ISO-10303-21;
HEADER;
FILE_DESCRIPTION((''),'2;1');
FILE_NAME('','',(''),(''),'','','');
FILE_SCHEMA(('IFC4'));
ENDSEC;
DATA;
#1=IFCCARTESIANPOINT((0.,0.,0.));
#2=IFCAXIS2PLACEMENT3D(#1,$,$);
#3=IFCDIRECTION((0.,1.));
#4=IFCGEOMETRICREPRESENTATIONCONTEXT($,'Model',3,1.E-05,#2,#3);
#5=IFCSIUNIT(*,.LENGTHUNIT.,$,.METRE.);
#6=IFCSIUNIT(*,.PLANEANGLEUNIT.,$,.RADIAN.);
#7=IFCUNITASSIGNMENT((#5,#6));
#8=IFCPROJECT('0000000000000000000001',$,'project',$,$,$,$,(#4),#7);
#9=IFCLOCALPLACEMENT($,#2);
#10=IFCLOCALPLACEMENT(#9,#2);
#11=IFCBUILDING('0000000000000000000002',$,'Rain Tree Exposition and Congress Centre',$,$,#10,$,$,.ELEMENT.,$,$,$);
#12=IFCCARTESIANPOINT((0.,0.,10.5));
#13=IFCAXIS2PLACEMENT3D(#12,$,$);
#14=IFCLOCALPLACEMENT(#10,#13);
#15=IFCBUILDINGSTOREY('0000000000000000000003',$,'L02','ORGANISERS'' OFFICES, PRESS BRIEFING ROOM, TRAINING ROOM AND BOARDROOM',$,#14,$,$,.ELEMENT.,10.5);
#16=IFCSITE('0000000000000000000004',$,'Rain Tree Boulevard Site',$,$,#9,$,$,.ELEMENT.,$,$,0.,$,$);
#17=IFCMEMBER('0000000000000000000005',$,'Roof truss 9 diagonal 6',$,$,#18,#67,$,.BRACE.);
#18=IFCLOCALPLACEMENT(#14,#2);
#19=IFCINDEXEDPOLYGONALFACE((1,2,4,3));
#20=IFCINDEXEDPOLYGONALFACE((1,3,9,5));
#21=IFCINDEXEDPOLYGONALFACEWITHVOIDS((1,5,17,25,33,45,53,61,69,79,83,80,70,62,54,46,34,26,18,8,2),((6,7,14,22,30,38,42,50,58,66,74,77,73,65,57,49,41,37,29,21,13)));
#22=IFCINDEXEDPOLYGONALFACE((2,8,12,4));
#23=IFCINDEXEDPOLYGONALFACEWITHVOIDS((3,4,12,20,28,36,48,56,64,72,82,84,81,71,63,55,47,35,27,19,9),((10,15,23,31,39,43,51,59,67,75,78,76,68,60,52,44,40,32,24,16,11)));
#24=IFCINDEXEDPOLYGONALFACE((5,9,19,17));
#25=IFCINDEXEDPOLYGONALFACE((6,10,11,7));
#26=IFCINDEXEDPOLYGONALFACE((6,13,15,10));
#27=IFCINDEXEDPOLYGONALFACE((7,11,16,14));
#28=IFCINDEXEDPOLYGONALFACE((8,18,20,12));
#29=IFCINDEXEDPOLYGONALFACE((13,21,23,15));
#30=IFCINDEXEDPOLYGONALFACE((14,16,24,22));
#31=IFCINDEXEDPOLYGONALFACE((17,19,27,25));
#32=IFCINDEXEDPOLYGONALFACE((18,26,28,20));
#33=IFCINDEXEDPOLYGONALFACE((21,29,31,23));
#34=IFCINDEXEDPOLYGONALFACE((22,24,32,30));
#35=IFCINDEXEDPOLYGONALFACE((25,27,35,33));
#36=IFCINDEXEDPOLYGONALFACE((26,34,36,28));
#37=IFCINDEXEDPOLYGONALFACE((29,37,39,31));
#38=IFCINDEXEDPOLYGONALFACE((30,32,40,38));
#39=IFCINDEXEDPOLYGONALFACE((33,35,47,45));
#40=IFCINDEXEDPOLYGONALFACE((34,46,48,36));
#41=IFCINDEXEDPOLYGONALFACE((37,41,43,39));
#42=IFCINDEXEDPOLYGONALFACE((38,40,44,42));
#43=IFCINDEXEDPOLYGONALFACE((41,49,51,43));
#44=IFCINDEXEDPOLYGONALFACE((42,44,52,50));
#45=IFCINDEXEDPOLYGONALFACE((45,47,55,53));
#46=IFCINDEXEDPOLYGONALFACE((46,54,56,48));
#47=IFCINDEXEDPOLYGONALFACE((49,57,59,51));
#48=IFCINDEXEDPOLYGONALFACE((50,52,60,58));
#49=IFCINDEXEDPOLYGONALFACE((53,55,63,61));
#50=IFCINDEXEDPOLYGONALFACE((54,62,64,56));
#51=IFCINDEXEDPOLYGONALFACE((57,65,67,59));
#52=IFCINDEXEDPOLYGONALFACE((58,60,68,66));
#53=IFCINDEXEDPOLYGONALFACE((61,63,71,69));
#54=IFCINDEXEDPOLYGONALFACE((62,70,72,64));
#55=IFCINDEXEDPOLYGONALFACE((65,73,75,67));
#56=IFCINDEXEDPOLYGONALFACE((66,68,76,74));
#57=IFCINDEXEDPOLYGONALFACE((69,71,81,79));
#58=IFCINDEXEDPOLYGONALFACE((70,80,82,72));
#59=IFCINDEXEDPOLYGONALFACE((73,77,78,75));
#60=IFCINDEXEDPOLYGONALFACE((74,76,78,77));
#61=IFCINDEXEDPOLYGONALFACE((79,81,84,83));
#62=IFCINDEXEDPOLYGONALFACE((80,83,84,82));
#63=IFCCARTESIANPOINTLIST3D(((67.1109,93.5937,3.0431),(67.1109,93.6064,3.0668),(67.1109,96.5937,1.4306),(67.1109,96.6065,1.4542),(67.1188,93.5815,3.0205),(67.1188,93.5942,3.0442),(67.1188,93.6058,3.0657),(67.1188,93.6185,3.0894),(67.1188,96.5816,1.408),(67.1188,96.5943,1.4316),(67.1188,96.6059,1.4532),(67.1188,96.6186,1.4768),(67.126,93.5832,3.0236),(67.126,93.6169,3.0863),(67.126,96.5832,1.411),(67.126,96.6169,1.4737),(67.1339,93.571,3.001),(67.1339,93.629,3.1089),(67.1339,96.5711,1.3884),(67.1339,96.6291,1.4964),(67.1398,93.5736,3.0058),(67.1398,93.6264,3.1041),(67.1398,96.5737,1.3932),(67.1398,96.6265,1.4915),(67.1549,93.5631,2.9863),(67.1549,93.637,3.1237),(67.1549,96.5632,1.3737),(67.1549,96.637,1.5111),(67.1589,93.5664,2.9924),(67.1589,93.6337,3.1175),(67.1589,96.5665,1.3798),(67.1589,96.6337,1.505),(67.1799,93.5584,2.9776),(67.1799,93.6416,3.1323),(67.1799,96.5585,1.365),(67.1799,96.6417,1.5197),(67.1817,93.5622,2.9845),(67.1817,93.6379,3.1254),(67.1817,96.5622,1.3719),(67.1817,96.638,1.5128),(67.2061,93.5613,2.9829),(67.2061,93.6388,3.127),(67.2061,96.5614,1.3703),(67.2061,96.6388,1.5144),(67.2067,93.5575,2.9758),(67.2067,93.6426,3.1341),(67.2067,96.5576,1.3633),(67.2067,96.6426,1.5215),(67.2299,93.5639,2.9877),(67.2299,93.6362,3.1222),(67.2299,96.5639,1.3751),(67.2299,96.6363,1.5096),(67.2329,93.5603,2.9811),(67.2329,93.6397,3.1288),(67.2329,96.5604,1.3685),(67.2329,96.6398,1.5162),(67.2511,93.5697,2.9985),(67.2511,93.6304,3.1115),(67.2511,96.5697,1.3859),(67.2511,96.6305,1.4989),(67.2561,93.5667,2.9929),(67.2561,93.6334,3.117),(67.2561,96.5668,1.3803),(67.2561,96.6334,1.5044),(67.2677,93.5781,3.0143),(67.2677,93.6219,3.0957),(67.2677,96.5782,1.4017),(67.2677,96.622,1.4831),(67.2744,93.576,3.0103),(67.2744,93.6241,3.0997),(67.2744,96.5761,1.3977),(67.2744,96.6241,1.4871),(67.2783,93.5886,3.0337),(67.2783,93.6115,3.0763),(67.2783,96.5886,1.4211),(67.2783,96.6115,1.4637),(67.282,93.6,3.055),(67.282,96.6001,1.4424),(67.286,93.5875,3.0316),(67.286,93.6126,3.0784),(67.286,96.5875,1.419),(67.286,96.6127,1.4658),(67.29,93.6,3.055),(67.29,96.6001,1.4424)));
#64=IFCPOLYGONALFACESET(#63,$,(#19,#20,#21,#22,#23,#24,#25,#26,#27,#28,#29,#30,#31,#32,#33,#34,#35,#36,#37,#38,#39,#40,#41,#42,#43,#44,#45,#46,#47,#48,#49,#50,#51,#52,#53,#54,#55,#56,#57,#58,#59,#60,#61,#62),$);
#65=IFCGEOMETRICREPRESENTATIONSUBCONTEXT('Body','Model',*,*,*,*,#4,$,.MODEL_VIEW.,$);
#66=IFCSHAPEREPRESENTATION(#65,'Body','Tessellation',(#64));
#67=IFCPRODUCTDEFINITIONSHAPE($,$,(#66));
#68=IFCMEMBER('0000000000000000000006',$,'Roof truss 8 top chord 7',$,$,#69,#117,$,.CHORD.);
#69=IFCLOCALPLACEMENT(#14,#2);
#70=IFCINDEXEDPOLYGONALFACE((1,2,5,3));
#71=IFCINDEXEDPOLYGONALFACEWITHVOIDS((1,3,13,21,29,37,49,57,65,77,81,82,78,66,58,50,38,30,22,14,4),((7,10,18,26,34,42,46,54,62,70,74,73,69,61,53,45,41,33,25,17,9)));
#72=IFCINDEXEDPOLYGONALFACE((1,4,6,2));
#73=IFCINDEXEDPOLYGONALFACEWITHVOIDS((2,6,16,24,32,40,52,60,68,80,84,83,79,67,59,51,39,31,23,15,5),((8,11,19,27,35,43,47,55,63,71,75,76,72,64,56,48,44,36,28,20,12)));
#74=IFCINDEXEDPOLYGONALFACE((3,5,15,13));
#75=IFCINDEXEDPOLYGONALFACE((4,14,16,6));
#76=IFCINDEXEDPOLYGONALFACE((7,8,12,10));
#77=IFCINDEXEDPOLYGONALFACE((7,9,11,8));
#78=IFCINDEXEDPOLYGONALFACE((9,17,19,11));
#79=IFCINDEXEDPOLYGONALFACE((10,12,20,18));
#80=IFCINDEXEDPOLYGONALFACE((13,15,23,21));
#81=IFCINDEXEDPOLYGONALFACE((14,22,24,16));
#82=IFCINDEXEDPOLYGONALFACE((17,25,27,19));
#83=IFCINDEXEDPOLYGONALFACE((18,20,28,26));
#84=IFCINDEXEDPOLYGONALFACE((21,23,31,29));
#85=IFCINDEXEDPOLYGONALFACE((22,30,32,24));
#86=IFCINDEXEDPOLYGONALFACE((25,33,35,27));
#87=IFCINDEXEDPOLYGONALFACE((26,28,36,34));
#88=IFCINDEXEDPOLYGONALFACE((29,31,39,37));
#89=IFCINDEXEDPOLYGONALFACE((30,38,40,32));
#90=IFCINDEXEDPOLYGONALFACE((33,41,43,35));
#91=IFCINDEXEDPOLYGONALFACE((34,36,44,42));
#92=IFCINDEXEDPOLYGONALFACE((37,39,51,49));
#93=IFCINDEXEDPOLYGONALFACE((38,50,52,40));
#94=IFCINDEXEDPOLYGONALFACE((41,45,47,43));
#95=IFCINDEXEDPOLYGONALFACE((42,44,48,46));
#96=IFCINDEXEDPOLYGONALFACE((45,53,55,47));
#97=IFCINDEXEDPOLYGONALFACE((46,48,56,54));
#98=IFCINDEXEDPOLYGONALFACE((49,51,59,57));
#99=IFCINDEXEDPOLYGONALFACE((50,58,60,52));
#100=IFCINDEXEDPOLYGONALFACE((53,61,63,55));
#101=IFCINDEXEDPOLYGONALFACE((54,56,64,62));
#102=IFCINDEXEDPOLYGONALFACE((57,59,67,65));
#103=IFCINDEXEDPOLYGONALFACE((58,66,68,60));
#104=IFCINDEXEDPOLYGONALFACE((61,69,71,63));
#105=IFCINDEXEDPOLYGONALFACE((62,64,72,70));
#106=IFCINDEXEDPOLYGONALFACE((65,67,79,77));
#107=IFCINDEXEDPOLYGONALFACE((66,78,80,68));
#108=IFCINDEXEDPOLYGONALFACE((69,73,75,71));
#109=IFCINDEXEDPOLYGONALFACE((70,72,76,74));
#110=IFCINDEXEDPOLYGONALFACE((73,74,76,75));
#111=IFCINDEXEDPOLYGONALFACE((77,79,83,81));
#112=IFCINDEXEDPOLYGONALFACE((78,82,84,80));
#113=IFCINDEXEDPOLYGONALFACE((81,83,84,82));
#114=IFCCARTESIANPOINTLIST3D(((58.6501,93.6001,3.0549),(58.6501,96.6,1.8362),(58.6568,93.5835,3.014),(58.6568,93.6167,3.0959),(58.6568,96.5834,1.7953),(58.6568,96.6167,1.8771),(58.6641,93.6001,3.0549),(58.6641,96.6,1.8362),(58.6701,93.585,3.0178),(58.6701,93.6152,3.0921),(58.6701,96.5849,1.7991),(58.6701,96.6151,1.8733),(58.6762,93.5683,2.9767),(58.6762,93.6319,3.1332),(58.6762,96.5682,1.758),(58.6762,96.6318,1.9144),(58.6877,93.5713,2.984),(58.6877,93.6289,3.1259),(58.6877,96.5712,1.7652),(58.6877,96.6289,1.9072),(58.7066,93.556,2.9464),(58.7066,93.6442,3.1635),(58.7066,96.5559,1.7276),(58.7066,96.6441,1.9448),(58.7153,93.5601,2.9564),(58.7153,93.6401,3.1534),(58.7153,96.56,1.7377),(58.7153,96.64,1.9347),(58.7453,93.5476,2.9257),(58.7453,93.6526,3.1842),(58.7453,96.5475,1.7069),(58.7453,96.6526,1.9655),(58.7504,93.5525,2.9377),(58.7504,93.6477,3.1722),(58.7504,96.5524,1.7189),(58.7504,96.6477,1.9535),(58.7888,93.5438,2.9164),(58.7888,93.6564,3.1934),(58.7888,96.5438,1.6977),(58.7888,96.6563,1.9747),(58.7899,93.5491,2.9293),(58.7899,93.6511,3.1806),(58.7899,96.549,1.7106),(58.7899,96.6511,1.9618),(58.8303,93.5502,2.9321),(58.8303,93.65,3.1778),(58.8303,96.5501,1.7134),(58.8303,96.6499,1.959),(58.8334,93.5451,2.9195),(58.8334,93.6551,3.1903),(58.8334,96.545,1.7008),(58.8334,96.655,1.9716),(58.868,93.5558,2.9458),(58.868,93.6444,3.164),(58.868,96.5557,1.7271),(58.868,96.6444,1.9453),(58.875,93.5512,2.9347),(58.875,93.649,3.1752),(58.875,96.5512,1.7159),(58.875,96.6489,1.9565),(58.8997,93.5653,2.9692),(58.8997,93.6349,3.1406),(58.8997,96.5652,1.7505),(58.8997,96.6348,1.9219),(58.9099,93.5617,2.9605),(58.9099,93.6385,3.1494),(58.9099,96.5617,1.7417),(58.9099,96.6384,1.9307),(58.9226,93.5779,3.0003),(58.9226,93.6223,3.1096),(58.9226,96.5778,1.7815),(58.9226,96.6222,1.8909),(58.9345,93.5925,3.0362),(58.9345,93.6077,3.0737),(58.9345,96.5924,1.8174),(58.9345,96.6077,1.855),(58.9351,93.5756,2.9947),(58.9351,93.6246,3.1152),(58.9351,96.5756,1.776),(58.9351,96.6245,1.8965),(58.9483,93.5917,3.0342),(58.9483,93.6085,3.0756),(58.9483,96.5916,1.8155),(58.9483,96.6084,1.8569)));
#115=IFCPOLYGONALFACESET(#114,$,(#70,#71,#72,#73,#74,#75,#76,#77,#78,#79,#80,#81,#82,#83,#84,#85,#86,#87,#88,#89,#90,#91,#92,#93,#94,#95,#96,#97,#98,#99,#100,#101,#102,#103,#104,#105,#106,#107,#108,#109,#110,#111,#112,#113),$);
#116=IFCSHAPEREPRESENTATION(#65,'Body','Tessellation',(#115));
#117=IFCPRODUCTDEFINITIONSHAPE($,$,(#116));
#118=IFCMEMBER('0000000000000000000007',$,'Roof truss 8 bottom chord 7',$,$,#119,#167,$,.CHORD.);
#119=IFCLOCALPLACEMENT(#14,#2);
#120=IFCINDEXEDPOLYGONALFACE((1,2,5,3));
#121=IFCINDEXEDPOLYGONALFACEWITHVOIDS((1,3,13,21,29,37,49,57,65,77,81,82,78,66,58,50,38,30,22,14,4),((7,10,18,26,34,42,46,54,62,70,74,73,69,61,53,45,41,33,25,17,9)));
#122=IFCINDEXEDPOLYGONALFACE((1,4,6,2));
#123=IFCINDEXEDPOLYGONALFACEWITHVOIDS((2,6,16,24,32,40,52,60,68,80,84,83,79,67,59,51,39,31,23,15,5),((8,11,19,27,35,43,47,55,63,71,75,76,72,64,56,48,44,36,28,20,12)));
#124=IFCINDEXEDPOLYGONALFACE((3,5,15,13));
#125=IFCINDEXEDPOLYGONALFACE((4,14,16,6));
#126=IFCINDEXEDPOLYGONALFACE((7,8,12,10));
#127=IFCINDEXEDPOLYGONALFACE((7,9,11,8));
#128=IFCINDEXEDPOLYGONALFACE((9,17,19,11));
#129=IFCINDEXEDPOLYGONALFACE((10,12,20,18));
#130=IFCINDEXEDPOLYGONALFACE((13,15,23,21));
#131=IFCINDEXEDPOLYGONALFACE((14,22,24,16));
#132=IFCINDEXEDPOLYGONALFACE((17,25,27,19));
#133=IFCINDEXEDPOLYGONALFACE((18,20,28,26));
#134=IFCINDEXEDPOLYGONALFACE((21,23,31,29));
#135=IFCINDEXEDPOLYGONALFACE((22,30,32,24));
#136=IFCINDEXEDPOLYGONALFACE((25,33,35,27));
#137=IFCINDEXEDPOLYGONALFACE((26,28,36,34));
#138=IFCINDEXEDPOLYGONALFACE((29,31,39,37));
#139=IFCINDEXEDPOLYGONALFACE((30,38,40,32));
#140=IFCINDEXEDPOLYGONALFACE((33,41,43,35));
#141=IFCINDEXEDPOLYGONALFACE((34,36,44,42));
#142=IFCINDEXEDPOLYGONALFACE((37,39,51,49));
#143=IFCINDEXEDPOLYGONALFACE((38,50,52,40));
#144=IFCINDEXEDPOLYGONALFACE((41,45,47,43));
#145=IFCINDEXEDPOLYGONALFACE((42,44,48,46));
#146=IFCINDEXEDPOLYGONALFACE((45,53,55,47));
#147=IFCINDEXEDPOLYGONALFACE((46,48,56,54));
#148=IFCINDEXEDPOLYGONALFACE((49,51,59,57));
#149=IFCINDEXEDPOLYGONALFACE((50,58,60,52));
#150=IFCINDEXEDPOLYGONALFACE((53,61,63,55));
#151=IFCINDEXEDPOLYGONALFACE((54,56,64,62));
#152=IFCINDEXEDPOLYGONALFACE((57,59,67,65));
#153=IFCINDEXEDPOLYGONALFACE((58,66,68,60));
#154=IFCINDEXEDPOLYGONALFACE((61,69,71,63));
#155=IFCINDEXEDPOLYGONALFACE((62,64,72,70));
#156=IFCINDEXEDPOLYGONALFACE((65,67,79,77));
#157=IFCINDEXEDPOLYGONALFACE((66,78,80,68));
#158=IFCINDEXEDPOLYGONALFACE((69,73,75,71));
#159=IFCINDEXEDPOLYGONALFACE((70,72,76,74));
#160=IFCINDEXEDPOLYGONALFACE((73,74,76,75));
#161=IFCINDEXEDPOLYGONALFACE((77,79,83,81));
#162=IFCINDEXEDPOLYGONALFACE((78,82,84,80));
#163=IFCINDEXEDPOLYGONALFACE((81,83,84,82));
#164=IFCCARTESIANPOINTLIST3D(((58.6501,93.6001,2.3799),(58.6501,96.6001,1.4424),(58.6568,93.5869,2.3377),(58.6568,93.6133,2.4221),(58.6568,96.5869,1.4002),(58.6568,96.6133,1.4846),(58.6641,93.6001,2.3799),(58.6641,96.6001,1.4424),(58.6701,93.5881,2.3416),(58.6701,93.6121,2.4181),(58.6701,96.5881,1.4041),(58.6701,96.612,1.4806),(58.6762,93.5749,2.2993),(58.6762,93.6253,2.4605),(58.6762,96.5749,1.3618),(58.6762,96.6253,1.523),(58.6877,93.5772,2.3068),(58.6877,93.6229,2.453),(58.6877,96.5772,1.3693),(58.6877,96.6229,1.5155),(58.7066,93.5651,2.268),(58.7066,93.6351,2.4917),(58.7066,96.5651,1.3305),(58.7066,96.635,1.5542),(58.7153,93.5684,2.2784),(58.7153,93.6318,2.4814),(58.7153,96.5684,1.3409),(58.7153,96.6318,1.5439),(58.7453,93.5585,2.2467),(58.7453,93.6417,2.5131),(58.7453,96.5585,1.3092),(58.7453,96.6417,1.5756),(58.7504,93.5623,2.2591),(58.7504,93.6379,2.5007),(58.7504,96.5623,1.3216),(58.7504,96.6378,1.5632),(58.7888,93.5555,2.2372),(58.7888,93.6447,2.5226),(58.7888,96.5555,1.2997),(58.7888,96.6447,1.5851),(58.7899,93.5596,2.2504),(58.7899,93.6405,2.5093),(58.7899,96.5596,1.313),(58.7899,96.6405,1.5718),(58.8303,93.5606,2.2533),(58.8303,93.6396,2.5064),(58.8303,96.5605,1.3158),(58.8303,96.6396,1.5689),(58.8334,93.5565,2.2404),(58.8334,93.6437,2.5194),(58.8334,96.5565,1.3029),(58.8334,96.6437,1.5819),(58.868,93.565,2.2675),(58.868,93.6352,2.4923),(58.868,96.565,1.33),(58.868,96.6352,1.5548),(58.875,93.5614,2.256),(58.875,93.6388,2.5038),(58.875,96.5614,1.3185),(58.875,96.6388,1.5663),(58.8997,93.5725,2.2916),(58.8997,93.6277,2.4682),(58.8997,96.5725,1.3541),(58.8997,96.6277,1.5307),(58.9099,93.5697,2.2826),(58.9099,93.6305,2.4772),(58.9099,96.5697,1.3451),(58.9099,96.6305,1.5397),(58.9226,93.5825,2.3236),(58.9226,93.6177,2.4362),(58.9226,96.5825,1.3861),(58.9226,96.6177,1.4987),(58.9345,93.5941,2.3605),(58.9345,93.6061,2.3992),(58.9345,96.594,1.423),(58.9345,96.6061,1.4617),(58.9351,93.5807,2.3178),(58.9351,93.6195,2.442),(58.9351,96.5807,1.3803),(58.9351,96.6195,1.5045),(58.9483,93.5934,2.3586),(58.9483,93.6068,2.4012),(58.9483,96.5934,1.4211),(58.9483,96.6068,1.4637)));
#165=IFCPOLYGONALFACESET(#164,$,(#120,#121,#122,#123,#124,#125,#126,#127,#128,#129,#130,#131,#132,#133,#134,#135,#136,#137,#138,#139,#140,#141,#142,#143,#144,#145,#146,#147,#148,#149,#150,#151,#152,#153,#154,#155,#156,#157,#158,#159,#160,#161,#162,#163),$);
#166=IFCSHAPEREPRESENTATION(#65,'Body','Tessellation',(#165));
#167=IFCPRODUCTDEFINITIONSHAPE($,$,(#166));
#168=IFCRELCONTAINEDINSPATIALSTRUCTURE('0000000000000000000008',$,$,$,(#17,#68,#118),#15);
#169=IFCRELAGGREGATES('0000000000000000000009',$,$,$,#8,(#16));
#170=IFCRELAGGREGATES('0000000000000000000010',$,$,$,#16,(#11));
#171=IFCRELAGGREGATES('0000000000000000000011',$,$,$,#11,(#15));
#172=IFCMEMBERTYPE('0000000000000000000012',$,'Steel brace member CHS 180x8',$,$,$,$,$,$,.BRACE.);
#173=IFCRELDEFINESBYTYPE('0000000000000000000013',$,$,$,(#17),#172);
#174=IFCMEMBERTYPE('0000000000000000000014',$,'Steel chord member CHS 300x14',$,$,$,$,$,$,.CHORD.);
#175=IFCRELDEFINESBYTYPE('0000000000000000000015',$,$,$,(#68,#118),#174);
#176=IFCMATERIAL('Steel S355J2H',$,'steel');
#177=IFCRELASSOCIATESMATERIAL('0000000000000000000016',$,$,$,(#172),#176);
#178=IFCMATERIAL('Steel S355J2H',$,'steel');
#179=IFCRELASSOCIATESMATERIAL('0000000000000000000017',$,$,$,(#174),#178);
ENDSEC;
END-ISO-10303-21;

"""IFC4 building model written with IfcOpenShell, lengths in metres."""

from ifc_helpers import new_model, si_unit, direction, frame, origin, origin_2d, place, context, subcontext, project, spatial, hollow_circle, extrude, material, material_profile, profile_set, type_object, element, save


model = new_model("IFC4")

# Units and contexts
model_context = context("Model", 3, precision=1e-05, world=origin(), true_north=direction((0.0, 1.0)))
body_context = subcontext(model_context, "Body", "Model", "MODEL_VIEW")
ifc_project = project(units=[si_unit("LENGTHUNIT", "METRE"), si_unit("PLANEANGLEUNIT", "RADIAN")], contexts=[model_context])

# Site, building, storey
site_placement = place(None, origin())
site = spatial("IfcSite", under=ifc_project, at=site_placement, Name="Rain Tree Boulevard Site", CompositionType="ELEMENT", RefElevation=0.0)
building_placement = place(site_placement, origin())
building = spatial("IfcBuilding", under=site, at=building_placement, Name="Rain Tree Exposition and Congress Centre", CompositionType="ELEMENT")
storey_placement = place(building_placement, frame((0.0, 0.0, 10.5)))
storey = spatial("IfcBuildingStorey", under=building, at=storey_placement, Name="L02", Description="ORGANISERS' OFFICES, PRESS BRIEFING ROOM, TRAINING ROOM AND BOARDROOM", CompositionType="ELEMENT", Elevation=10.5)

# Members
ifc_material_1 = material(Name="Steel S355J2H", Category="steel")
ifc_material_profile_1 = material_profile(ifc_material_1, hollow_circle(Radius=0.0901, WallThickness=0.0081, at=origin_2d()), Name="CHS 180x8")
ifc_profile_set_1 = profile_set([ifc_material_profile_1], Name="Steel S355J2H")
member_type_1 = type_object("IfcMemberType", Name="Steel brace member CHS 180x8", PredefinedType="BRACE", material=ifc_profile_set_1)
member_1_placement = place(storey_placement, frame((67.2, 96.6001, 1.4424), z_axis=(0.0, -0.880818, 0.473454), x_axis=(1.0, 0.0, 0.0)))
element("IfcMember", 1, at=member_1_placement, inside=storey, type_object=member_type_1, Name="Roof truss 9 diagonal 6", PredefinedType="BRACE", context=body_context, shape_type="SweptSolid", body=[
    extrude(hollow_circle(Radius=0.0901, WallThickness=0.0081, at=origin_2d()), origin(), (0.0, 0.0, 1.0), 3.406),
])
ifc_material_2 = material(Name="Steel S355J2H", Category="steel")
ifc_material_profile_2 = material_profile(ifc_material_2, hollow_circle(Radius=0.1499, WallThickness=0.0139, at=origin_2d()), Name="CHS 300x14")
ifc_profile_set_2 = profile_set([ifc_material_profile_2], Name="Steel S355J2H")
member_type_2 = type_object("IfcMemberType", Name="Steel chord member CHS 300x14", PredefinedType="CHORD", material=ifc_profile_set_2)
member_2_placement = place(storey_placement, frame((58.8, 93.6001, 3.0549), z_axis=(0.0, 0.926467, -0.376377), x_axis=(-1.0, 0.0, 0.0)))
element("IfcMember", 2, at=member_2_placement, inside=storey, type_object=member_type_2, Name="Roof truss 8 top chord 7", PredefinedType="CHORD", context=body_context, shape_type="SweptSolid", body=[
    extrude(hollow_circle(Radius=0.1499, WallThickness=0.0139, at=origin_2d()), origin(), (0.0, 0.0, 1.0), 3.238),
])
member_3_placement = place(storey_placement, frame((58.8, 93.6001, 2.3799), z_axis=(0.0, 0.95448, -0.298275), x_axis=(-1.0, 0.0, 0.0)))
element("IfcMember", 3, at=member_3_placement, inside=storey, type_object=member_type_2, Name="Roof truss 8 bottom chord 7", PredefinedType="CHORD", context=body_context, shape_type="SweptSolid", body=[
    extrude(hollow_circle(Radius=0.1499, WallThickness=0.0139, at=origin_2d()), origin(), (0.0, 0.0, 1.0), 3.1431),
])

save(model, "model.ifc")
